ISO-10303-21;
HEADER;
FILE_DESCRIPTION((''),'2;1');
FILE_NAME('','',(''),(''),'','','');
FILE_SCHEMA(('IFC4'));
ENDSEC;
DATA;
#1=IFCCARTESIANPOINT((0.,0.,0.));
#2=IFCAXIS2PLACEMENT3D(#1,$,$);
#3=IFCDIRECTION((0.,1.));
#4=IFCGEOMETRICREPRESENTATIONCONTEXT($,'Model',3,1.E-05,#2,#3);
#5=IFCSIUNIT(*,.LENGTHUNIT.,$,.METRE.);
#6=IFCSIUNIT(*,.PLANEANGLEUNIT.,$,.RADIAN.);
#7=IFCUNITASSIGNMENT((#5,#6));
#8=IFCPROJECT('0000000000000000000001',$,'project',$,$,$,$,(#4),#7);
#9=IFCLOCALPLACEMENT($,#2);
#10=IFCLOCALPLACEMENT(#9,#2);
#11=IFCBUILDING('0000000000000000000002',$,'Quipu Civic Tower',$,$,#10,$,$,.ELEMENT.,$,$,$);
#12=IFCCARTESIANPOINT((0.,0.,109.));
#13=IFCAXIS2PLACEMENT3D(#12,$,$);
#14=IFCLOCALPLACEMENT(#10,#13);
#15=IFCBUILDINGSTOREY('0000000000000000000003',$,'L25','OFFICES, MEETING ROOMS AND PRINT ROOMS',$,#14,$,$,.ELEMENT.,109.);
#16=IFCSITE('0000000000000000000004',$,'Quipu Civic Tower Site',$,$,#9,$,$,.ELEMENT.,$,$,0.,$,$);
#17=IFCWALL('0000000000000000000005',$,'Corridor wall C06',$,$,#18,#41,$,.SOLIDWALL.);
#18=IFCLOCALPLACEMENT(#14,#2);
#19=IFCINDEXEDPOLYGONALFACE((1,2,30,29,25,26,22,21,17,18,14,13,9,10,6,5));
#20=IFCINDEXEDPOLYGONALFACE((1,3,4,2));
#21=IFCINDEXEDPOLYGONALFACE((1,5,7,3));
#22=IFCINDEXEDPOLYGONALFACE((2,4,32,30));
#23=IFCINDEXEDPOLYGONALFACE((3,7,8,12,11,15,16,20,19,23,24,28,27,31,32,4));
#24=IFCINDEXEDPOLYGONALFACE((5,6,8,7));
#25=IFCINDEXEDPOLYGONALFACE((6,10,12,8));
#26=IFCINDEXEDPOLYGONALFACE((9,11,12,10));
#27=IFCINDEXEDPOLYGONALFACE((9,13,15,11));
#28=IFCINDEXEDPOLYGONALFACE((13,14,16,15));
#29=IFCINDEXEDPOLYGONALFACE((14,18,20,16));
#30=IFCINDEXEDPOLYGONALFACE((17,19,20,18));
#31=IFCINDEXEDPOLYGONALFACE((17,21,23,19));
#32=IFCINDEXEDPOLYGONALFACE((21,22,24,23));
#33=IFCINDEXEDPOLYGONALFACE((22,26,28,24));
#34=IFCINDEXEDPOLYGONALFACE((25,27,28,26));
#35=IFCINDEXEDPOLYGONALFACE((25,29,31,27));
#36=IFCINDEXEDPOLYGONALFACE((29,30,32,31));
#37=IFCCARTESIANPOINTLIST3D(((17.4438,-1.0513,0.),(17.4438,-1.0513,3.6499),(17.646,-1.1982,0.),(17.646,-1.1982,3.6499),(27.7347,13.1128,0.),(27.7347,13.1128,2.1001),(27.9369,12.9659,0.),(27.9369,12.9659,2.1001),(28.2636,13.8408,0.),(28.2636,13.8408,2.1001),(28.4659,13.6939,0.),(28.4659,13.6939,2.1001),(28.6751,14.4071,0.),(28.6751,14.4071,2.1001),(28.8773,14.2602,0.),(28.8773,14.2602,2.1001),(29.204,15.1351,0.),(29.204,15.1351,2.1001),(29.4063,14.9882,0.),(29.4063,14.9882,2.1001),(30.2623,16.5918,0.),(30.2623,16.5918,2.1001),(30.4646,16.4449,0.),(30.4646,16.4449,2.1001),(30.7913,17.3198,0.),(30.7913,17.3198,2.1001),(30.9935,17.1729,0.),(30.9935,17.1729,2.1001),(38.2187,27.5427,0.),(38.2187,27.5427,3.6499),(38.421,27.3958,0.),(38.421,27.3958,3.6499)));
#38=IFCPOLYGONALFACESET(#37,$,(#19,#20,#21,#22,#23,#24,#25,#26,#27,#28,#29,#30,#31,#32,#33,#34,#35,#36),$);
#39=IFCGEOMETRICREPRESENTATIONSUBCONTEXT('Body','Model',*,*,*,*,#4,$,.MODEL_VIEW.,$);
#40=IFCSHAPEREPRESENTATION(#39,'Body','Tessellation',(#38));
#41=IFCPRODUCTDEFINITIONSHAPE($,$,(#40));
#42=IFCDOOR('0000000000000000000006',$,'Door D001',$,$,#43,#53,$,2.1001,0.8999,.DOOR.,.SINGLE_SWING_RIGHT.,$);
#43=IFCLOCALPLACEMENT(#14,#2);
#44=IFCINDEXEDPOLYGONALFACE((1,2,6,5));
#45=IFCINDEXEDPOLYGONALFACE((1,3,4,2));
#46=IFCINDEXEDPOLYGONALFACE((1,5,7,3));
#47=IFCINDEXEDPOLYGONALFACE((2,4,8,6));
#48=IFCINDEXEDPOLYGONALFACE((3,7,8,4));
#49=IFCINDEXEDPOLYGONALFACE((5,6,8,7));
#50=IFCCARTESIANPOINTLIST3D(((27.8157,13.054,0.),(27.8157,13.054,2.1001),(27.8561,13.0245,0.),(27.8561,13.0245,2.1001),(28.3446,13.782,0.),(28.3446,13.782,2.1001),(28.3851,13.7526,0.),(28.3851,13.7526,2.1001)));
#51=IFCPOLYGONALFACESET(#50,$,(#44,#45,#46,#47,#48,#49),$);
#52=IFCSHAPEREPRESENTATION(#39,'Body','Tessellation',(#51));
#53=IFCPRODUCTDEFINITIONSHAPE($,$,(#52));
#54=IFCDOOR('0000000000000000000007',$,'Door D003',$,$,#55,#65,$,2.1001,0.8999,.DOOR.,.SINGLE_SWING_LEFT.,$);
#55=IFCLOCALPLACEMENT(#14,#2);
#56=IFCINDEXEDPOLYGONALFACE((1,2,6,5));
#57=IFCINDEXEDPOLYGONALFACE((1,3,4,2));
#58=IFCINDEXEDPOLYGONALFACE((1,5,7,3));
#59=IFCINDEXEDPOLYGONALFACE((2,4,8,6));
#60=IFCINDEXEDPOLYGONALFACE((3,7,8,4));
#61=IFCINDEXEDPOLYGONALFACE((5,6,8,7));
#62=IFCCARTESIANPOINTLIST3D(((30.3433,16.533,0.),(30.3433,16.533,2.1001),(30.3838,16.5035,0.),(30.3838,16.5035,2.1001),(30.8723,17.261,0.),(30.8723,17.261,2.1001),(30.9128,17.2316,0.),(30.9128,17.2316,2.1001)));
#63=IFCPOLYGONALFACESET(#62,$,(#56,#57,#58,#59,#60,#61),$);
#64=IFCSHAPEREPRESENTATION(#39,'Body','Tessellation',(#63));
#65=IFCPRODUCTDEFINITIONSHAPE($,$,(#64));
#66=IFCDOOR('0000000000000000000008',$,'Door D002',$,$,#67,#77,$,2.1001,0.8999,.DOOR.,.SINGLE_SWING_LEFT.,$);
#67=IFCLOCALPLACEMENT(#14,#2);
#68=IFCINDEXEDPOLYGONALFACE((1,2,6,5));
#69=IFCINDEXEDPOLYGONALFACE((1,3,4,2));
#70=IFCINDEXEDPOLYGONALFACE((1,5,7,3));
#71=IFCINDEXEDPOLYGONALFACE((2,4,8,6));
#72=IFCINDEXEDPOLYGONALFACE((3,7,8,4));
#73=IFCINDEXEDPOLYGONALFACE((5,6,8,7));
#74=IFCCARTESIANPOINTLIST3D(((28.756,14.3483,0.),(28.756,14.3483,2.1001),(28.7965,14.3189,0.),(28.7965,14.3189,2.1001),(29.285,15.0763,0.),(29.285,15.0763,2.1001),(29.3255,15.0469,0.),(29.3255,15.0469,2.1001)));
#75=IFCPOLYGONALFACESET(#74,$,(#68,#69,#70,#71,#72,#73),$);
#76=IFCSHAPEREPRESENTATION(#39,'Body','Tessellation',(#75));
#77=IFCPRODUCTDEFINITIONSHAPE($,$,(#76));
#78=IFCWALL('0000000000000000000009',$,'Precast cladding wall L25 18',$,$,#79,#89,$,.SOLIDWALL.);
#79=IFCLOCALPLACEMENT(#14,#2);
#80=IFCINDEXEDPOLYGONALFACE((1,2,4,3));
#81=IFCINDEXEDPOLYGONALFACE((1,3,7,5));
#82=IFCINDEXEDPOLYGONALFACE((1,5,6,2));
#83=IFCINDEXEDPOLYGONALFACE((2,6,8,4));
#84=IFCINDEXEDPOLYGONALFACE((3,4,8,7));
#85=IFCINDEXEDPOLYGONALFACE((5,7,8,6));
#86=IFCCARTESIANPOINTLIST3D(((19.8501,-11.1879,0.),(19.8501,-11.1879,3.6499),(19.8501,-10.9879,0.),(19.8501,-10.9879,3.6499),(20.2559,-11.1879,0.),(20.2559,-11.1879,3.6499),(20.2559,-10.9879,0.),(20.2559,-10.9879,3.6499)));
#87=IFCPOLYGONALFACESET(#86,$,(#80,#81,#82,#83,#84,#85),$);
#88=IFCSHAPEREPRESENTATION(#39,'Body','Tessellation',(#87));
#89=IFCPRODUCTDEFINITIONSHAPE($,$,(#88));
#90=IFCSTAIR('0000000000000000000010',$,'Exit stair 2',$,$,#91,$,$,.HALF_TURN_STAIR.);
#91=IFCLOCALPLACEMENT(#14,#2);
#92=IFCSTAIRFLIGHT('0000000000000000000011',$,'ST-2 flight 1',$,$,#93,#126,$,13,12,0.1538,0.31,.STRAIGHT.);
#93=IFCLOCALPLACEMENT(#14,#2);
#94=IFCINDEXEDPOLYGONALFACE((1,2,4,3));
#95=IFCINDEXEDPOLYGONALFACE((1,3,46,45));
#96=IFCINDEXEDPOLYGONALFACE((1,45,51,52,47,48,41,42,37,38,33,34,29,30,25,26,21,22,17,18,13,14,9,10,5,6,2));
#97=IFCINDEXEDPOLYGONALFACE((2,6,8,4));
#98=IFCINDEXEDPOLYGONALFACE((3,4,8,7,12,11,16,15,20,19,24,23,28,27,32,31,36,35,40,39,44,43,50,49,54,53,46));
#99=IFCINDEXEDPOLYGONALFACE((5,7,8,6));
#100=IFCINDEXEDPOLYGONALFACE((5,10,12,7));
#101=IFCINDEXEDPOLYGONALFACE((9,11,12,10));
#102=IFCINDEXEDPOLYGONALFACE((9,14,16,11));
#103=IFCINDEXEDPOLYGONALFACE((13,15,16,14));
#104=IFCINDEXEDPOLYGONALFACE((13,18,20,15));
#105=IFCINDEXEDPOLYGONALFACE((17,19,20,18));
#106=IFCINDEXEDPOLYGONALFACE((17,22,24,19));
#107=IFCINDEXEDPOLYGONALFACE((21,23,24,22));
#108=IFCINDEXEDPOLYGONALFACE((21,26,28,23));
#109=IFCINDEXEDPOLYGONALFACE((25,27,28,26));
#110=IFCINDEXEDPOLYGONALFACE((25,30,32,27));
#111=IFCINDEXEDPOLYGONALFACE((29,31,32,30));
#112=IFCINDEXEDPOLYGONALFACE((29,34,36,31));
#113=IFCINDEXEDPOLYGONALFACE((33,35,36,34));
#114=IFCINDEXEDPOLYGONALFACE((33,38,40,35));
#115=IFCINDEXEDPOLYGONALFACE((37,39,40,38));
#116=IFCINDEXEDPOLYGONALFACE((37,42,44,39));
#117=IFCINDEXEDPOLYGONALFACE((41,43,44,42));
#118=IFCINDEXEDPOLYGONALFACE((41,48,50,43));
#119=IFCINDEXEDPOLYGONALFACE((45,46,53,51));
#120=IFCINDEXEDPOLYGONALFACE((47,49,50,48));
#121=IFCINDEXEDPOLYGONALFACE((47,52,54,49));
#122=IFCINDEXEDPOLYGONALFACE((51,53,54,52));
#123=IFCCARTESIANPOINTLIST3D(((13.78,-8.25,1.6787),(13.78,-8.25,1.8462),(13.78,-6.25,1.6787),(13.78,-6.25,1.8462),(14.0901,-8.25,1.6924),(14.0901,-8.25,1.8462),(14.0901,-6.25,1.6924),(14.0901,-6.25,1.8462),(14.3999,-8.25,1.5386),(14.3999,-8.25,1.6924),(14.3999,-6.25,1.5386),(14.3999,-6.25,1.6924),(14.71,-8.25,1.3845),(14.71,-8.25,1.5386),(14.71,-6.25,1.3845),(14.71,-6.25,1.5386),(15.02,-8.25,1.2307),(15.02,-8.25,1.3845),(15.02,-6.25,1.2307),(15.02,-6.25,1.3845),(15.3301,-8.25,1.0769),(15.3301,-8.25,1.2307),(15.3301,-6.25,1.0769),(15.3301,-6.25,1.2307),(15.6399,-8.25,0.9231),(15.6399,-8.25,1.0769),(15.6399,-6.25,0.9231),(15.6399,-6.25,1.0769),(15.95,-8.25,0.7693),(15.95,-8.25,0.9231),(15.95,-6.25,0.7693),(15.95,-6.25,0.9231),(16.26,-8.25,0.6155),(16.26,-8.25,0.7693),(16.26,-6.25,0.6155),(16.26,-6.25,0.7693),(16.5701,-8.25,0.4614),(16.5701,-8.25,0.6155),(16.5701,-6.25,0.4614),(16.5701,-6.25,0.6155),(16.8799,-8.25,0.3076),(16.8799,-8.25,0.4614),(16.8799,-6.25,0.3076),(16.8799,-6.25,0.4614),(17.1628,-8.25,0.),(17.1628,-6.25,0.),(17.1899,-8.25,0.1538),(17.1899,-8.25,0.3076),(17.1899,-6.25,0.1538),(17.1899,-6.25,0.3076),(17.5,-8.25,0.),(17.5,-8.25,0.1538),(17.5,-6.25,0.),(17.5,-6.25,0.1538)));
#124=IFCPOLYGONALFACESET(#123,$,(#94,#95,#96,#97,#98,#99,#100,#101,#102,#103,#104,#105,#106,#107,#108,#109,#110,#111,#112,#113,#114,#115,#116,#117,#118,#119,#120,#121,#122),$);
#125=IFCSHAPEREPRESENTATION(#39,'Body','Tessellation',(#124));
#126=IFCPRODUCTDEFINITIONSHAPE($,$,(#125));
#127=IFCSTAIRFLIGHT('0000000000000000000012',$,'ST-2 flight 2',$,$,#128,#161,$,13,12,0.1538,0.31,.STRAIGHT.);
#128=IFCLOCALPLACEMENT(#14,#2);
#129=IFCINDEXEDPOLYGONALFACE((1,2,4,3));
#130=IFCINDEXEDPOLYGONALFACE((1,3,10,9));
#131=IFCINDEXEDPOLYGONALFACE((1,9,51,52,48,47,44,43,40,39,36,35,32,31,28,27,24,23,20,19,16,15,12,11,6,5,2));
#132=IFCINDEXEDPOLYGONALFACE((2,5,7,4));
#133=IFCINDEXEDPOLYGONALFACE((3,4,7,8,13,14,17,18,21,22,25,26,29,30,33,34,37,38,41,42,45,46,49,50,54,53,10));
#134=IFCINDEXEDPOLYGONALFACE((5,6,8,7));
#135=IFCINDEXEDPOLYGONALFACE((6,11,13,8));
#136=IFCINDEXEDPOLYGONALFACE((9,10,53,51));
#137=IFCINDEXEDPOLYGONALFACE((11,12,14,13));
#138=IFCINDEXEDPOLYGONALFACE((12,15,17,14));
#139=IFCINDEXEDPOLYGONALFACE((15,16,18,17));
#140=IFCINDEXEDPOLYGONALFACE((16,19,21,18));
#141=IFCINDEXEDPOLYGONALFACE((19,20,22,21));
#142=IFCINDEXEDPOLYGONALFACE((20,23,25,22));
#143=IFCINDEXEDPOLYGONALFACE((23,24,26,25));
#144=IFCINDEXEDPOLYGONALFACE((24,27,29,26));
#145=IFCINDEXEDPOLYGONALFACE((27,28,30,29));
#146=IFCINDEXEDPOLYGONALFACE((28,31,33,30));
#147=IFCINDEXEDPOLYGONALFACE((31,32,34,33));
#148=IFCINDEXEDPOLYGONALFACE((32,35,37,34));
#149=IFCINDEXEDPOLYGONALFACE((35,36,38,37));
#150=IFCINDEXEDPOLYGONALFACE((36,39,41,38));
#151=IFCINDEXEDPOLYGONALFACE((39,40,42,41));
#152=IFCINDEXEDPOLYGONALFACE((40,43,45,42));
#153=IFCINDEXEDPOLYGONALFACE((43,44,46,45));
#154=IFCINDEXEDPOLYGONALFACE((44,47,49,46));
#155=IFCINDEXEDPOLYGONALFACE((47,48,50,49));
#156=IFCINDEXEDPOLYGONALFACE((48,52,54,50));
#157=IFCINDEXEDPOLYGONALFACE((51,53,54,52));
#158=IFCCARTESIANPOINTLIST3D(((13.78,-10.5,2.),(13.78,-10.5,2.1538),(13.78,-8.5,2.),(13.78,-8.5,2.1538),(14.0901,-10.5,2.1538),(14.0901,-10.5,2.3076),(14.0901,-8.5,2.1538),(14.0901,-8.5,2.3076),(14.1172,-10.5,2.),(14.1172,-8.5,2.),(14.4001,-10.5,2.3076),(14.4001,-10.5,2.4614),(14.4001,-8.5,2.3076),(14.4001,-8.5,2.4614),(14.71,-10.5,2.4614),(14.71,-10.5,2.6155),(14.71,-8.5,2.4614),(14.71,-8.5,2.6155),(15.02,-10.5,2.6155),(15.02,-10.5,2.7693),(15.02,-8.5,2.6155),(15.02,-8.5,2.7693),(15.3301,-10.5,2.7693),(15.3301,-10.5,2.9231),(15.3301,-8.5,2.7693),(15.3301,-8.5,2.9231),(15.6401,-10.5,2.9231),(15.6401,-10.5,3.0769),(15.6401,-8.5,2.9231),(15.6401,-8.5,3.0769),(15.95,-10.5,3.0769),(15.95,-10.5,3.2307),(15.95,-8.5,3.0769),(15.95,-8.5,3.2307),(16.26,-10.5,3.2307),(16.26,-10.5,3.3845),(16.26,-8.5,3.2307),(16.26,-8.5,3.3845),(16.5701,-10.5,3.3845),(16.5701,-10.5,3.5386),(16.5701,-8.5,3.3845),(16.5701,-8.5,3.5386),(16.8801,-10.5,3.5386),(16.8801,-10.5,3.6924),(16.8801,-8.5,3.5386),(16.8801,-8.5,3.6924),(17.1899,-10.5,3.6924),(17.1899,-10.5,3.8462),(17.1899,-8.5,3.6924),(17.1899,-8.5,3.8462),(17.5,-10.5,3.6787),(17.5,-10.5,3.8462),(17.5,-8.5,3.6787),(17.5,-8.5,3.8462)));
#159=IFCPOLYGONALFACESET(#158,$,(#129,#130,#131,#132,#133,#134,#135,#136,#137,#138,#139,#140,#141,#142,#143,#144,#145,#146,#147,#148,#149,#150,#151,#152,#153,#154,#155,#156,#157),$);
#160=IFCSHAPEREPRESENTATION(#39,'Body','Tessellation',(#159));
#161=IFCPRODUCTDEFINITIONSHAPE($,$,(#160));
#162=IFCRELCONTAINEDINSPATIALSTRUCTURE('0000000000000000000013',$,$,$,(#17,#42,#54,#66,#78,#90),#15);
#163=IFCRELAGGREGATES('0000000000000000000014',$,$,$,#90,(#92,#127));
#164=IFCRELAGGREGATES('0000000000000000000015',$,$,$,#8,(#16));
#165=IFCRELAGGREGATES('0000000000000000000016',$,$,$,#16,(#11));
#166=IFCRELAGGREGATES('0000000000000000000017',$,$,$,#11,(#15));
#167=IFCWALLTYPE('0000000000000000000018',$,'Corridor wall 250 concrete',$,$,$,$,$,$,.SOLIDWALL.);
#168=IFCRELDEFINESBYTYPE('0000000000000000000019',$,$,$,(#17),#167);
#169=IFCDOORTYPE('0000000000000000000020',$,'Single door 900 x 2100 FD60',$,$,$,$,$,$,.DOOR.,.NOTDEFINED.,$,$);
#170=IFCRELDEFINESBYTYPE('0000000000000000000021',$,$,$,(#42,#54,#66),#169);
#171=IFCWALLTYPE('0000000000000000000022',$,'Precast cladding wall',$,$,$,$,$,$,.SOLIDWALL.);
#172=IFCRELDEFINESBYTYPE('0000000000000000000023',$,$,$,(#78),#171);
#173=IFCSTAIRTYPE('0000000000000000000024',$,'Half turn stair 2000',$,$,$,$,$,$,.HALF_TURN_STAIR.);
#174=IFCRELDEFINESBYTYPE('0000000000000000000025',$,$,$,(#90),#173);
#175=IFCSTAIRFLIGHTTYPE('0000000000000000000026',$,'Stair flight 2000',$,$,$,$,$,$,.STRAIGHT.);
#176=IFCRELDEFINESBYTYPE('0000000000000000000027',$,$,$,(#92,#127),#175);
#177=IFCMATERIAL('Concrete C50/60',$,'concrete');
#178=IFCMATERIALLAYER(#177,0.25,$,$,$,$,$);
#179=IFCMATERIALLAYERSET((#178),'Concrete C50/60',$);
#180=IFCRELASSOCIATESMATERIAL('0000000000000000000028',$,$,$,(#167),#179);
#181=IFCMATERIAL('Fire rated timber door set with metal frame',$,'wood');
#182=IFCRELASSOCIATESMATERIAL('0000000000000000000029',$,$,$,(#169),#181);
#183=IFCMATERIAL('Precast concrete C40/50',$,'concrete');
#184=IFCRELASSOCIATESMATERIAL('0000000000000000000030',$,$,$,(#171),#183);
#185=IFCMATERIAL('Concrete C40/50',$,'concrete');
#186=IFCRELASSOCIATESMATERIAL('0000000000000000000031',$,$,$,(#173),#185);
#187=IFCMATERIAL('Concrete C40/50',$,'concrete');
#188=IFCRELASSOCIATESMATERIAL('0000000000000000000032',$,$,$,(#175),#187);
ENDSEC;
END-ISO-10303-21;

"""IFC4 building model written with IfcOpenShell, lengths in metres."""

from ifc_helpers import new_model, si_unit, direction, frame, frame_2d, origin, place, context, subcontext, project, spatial, polyline, rectangle, outline, extrude, material, layer, layer_set, type_object, element, fill, aggregate, save


model = new_model("IFC4")

# Units and contexts
model_context = context("Model", 3, precision=1e-05, world=origin(), true_north=direction((0.0, 1.0)))
body_context = subcontext(model_context, "Body", "Model", "MODEL_VIEW")
ifc_project = project(units=[si_unit("LENGTHUNIT", "METRE"), si_unit("PLANEANGLEUNIT", "RADIAN")], contexts=[model_context])

# Site, building, storey
site_placement = place(None, origin())
site = spatial("IfcSite", under=ifc_project, at=site_placement, Name="Quipu Civic Tower Site", CompositionType="ELEMENT", RefElevation=0.0)
building_placement = place(site_placement, origin())
building = spatial("IfcBuilding", under=site, at=building_placement, Name="Quipu Civic Tower", CompositionType="ELEMENT")
storey_placement = place(building_placement, frame((0.0, 0.0, 109.0)))
storey = spatial("IfcBuildingStorey", under=building, at=storey_placement, Name="L25", Description="OFFICES, MEETING ROOMS AND PRINT ROOMS", CompositionType="ELEMENT", Elevation=109.0)

# Wall, openings, doors
ifc_material_1 = material(Name="Concrete C50/60", Category="concrete")
ifc_layer_1 = layer(ifc_material_1, 0.25)
ifc_layer_set_1 = layer_set([ifc_layer_1], Name="Concrete C50/60")
wall_type_1 = type_object("IfcWallType", Name="Corridor wall 250 concrete", PredefinedType="SOLIDWALL", material=ifc_layer_set_1)
wall_1_placement = place(storey_placement, frame((17.5449, -1.1248, 0.0), z_axis=(0.0, 0.0, 1.0), x_axis=(0.587788, 0.809015, 0.0)))
wall_1 = element("IfcWall", 1, at=wall_1_placement, inside=storey, type_object=wall_type_1, Name="Corridor wall C06", PredefinedType="SOLIDWALL", context=body_context, shape_type="SweptSolid", body=[
    extrude(rectangle(XDim=35.3442, YDim=0.25, at=frame_2d((17.6721, 0.0))), origin(), (0.0, 0.0, 1.0), 3.6499),
])
opening_1_placement = place(wall_1_placement, frame((17.5078, 0.0, 0.0)))
opening_1 = element("IfcOpeningElement", 2, at=opening_1_placement, cuts=wall_1, PredefinedType="OPENING", context=body_context, shape_type="SweptSolid", body=[
    extrude(rectangle(XDim=0.8999, YDim=2.1001, at=frame_2d((0.45, 1.05))), frame((0.0, 0.135, 0.0), z_axis=(0.0, -1.0, 0.0), x_axis=(1.0, 0.0, 0.0)), (0.0, 0.0, 1.0), 0.27),
])
opening_2_placement = place(wall_1_placement, frame((21.8081, 0.0, 0.0)))
opening_2 = element("IfcOpeningElement", 3, at=opening_2_placement, cuts=wall_1, PredefinedType="OPENING", context=body_context, shape_type="SweptSolid", body=[
    extrude(rectangle(XDim=0.8999, YDim=2.1001, at=frame_2d((0.45, 1.05))), frame((0.0, 0.135, 0.0), z_axis=(0.0, -1.0, 0.0), x_axis=(1.0, 0.0, 0.0)), (0.0, 0.0, 1.0), 0.27),
])
opening_3_placement = place(wall_1_placement, frame((19.1077, 0.0, 0.0)))
opening_3 = element("IfcOpeningElement", 4, at=opening_3_placement, cuts=wall_1, PredefinedType="OPENING", context=body_context, shape_type="SweptSolid", body=[
    extrude(rectangle(XDim=0.8999, YDim=2.1001, at=frame_2d((0.45, 1.05))), frame((0.0, 0.135, 0.0), z_axis=(0.0, -1.0, 0.0), x_axis=(1.0, 0.0, 0.0)), (0.0, 0.0, 1.0), 0.27),
])
ifc_material_2 = material(Name="Fire rated timber door set with metal frame", Category="wood")
door_type_1 = type_object("IfcDoorType", Name="Single door 900 x 2100 FD60", OperationType="NOTDEFINED", PredefinedType="DOOR", material=ifc_material_2)
door_1_placement = place(opening_1_placement, origin())
door_1 = element("IfcDoor", 5, at=door_1_placement, inside=storey, type_object=door_type_1, Name="Door D001", OperationType="SINGLE_SWING_RIGHT", OverallHeight=2.1001, OverallWidth=0.8999, PredefinedType="DOOR", context=body_context, shape_type="SweptSolid", body=[
    extrude(rectangle(XDim=0.8999, YDim=2.1001, at=frame_2d((0.45, 1.05))), frame((0.0, 0.0249, 0.0), z_axis=(0.0, -1.0, 0.0), x_axis=(1.0, 0.0, 0.0)), (0.0, 0.0, 1.0), 0.05),
])
fill(opening_1, door_1)
door_2_placement = place(opening_2_placement, origin())
door_2 = element("IfcDoor", 6, at=door_2_placement, inside=storey, type_object=door_type_1, Name="Door D003", OperationType="SINGLE_SWING_LEFT", OverallHeight=2.1001, OverallWidth=0.8999, PredefinedType="DOOR", context=body_context, shape_type="SweptSolid", body=[
    extrude(rectangle(XDim=0.8999, YDim=2.1001, at=frame_2d((0.45, 1.05))), frame((0.0, 0.0249, 0.0), z_axis=(0.0, -1.0, 0.0), x_axis=(1.0, 0.0, 0.0)), (0.0, 0.0, 1.0), 0.05),
])
fill(opening_2, door_2)
door_3_placement = place(opening_3_placement, origin())
door_3 = element("IfcDoor", 7, at=door_3_placement, inside=storey, type_object=door_type_1, Name="Door D002", OperationType="SINGLE_SWING_LEFT", OverallHeight=2.1001, OverallWidth=0.8999, PredefinedType="DOOR", context=body_context, shape_type="SweptSolid", body=[
    extrude(rectangle(XDim=0.8999, YDim=2.1001, at=frame_2d((0.45, 1.05))), frame((0.0, 0.0249, 0.0), z_axis=(0.0, -1.0, 0.0), x_axis=(1.0, 0.0, 0.0)), (0.0, 0.0, 1.0), 0.05),
])
fill(opening_3, door_3)

# Wall
ifc_material_3 = material(Name="Precast concrete C40/50", Category="concrete")
wall_type_2 = type_object("IfcWallType", Name="Precast cladding wall", PredefinedType="SOLIDWALL", material=ifc_material_3)
wall_2_placement = place(storey_placement, frame((19.8501, -11.0879, 0.0), z_axis=(0.0, 0.0, 1.0), x_axis=(1.0, 0.0, 0.0)))
element("IfcWall", 8, at=wall_2_placement, inside=storey, type_object=wall_type_2, Name="Precast cladding wall L25 18", PredefinedType="SOLIDWALL", context=body_context, shape_type="SweptSolid", body=[
    extrude(rectangle(XDim=0.4058, YDim=0.2, at=frame_2d((0.2029, 0.0))), origin(), (0.0, 0.0, 1.0), 3.6499),
])

# Stair, stair flights
ifc_material_4 = material(Name="Concrete C40/50", Category="concrete")
stair_type = type_object("IfcStairType", Name="Half turn stair 2000", PredefinedType="HALF_TURN_STAIR", material=ifc_material_4)
stair_placement = place(storey_placement, origin())
stair = element("IfcStair", 9, at=stair_placement, inside=storey, type_object=stair_type, Name="Exit stair 2", PredefinedType="HALF_TURN_STAIR")
ifc_material_5 = material(Name="Concrete C40/50", Category="concrete")
stair_flight_type = type_object("IfcStairFlightType", Name="Stair flight 2000", PredefinedType="STRAIGHT", material=ifc_material_5)
stair_flight_1_placement = place(storey_placement, frame((17.5, -7.25, 0.0), z_axis=(0.0, 0.0, 1.0), x_axis=(-1.0, 0.0, 0.0)))
stair_flight_1 = element("IfcStairFlight", 10, at=stair_flight_1_placement, type_object=stair_flight_type, Name="ST-2 flight 1", NumberOfRisers=13, NumberOfTreads=12, PredefinedType="STRAIGHT", RiserHeight=0.1538, TreadLength=0.31, context=body_context, shape_type="SweptSolid", body=[
    extrude(outline(polyline([(0.0, 0.0), (0.0, 0.1538), (0.3101, 0.1538), (0.3101, 0.3076), (0.6201, 0.3076), (0.6201, 0.4614), (0.9299, 0.4614), (0.9299, 0.6155), (1.24, 0.6155), (1.24, 0.7693), (1.55, 0.7693), (1.55, 0.9231), (1.8601, 0.9231), (1.8601, 1.0769), (2.1699, 1.0769), (2.1699, 1.2307), (2.48, 1.2307), (2.48, 1.3845), (2.79, 1.3845), (2.79, 1.5386), (3.1001, 1.5386), (3.1001, 1.6924), (3.4099, 1.6924), (3.4099, 1.8462), (3.72, 1.8462), (3.72, 2.0), (3.72, 1.6787), (0.3372, 0.0), (0.0, 0.0)])), frame((0.0, 1.0, 0.0), z_axis=(0.0, -1.0, 0.0), x_axis=(1.0, 0.0, 0.0)), (0.0, 0.0, 1.0), 2.0),
])
stair_flight_2_placement = place(storey_placement, frame((13.78, -9.5, 2.0), z_axis=(0.0, 0.0, 1.0), x_axis=(1.0, 0.0, 0.0)))
stair_flight_2 = element("IfcStairFlight", 11, at=stair_flight_2_placement, type_object=stair_flight_type, Name="ST-2 flight 2", NumberOfRisers=13, NumberOfTreads=12, PredefinedType="STRAIGHT", RiserHeight=0.1538, TreadLength=0.31, context=body_context, shape_type="SweptSolid", body=[
    extrude(outline(polyline([(0.0, 0.0), (0.0, 0.1538), (0.3101, 0.1538), (0.3101, 0.3076), (0.6201, 0.3076), (0.6201, 0.4614), (0.9299, 0.4614), (0.9299, 0.6155), (1.24, 0.6155), (1.24, 0.7693), (1.55, 0.7693), (1.55, 0.9231), (1.8601, 0.9231), (1.8601, 1.0769), (2.1699, 1.0769), (2.1699, 1.2307), (2.48, 1.2307), (2.48, 1.3845), (2.79, 1.3845), (2.79, 1.5386), (3.1001, 1.5386), (3.1001, 1.6924), (3.4099, 1.6924), (3.4099, 1.8462), (3.72, 1.8462), (3.72, 2.0), (3.72, 1.6787), (0.3372, 0.0), (0.0, 0.0)])), frame((0.0, 1.0, 0.0), z_axis=(0.0, -1.0, 0.0), x_axis=(1.0, 0.0, 0.0)), (0.0, 0.0, 1.0), 2.0),
])
aggregate(stair, [stair_flight_1, stair_flight_2])

save(model, "model.ifc")
